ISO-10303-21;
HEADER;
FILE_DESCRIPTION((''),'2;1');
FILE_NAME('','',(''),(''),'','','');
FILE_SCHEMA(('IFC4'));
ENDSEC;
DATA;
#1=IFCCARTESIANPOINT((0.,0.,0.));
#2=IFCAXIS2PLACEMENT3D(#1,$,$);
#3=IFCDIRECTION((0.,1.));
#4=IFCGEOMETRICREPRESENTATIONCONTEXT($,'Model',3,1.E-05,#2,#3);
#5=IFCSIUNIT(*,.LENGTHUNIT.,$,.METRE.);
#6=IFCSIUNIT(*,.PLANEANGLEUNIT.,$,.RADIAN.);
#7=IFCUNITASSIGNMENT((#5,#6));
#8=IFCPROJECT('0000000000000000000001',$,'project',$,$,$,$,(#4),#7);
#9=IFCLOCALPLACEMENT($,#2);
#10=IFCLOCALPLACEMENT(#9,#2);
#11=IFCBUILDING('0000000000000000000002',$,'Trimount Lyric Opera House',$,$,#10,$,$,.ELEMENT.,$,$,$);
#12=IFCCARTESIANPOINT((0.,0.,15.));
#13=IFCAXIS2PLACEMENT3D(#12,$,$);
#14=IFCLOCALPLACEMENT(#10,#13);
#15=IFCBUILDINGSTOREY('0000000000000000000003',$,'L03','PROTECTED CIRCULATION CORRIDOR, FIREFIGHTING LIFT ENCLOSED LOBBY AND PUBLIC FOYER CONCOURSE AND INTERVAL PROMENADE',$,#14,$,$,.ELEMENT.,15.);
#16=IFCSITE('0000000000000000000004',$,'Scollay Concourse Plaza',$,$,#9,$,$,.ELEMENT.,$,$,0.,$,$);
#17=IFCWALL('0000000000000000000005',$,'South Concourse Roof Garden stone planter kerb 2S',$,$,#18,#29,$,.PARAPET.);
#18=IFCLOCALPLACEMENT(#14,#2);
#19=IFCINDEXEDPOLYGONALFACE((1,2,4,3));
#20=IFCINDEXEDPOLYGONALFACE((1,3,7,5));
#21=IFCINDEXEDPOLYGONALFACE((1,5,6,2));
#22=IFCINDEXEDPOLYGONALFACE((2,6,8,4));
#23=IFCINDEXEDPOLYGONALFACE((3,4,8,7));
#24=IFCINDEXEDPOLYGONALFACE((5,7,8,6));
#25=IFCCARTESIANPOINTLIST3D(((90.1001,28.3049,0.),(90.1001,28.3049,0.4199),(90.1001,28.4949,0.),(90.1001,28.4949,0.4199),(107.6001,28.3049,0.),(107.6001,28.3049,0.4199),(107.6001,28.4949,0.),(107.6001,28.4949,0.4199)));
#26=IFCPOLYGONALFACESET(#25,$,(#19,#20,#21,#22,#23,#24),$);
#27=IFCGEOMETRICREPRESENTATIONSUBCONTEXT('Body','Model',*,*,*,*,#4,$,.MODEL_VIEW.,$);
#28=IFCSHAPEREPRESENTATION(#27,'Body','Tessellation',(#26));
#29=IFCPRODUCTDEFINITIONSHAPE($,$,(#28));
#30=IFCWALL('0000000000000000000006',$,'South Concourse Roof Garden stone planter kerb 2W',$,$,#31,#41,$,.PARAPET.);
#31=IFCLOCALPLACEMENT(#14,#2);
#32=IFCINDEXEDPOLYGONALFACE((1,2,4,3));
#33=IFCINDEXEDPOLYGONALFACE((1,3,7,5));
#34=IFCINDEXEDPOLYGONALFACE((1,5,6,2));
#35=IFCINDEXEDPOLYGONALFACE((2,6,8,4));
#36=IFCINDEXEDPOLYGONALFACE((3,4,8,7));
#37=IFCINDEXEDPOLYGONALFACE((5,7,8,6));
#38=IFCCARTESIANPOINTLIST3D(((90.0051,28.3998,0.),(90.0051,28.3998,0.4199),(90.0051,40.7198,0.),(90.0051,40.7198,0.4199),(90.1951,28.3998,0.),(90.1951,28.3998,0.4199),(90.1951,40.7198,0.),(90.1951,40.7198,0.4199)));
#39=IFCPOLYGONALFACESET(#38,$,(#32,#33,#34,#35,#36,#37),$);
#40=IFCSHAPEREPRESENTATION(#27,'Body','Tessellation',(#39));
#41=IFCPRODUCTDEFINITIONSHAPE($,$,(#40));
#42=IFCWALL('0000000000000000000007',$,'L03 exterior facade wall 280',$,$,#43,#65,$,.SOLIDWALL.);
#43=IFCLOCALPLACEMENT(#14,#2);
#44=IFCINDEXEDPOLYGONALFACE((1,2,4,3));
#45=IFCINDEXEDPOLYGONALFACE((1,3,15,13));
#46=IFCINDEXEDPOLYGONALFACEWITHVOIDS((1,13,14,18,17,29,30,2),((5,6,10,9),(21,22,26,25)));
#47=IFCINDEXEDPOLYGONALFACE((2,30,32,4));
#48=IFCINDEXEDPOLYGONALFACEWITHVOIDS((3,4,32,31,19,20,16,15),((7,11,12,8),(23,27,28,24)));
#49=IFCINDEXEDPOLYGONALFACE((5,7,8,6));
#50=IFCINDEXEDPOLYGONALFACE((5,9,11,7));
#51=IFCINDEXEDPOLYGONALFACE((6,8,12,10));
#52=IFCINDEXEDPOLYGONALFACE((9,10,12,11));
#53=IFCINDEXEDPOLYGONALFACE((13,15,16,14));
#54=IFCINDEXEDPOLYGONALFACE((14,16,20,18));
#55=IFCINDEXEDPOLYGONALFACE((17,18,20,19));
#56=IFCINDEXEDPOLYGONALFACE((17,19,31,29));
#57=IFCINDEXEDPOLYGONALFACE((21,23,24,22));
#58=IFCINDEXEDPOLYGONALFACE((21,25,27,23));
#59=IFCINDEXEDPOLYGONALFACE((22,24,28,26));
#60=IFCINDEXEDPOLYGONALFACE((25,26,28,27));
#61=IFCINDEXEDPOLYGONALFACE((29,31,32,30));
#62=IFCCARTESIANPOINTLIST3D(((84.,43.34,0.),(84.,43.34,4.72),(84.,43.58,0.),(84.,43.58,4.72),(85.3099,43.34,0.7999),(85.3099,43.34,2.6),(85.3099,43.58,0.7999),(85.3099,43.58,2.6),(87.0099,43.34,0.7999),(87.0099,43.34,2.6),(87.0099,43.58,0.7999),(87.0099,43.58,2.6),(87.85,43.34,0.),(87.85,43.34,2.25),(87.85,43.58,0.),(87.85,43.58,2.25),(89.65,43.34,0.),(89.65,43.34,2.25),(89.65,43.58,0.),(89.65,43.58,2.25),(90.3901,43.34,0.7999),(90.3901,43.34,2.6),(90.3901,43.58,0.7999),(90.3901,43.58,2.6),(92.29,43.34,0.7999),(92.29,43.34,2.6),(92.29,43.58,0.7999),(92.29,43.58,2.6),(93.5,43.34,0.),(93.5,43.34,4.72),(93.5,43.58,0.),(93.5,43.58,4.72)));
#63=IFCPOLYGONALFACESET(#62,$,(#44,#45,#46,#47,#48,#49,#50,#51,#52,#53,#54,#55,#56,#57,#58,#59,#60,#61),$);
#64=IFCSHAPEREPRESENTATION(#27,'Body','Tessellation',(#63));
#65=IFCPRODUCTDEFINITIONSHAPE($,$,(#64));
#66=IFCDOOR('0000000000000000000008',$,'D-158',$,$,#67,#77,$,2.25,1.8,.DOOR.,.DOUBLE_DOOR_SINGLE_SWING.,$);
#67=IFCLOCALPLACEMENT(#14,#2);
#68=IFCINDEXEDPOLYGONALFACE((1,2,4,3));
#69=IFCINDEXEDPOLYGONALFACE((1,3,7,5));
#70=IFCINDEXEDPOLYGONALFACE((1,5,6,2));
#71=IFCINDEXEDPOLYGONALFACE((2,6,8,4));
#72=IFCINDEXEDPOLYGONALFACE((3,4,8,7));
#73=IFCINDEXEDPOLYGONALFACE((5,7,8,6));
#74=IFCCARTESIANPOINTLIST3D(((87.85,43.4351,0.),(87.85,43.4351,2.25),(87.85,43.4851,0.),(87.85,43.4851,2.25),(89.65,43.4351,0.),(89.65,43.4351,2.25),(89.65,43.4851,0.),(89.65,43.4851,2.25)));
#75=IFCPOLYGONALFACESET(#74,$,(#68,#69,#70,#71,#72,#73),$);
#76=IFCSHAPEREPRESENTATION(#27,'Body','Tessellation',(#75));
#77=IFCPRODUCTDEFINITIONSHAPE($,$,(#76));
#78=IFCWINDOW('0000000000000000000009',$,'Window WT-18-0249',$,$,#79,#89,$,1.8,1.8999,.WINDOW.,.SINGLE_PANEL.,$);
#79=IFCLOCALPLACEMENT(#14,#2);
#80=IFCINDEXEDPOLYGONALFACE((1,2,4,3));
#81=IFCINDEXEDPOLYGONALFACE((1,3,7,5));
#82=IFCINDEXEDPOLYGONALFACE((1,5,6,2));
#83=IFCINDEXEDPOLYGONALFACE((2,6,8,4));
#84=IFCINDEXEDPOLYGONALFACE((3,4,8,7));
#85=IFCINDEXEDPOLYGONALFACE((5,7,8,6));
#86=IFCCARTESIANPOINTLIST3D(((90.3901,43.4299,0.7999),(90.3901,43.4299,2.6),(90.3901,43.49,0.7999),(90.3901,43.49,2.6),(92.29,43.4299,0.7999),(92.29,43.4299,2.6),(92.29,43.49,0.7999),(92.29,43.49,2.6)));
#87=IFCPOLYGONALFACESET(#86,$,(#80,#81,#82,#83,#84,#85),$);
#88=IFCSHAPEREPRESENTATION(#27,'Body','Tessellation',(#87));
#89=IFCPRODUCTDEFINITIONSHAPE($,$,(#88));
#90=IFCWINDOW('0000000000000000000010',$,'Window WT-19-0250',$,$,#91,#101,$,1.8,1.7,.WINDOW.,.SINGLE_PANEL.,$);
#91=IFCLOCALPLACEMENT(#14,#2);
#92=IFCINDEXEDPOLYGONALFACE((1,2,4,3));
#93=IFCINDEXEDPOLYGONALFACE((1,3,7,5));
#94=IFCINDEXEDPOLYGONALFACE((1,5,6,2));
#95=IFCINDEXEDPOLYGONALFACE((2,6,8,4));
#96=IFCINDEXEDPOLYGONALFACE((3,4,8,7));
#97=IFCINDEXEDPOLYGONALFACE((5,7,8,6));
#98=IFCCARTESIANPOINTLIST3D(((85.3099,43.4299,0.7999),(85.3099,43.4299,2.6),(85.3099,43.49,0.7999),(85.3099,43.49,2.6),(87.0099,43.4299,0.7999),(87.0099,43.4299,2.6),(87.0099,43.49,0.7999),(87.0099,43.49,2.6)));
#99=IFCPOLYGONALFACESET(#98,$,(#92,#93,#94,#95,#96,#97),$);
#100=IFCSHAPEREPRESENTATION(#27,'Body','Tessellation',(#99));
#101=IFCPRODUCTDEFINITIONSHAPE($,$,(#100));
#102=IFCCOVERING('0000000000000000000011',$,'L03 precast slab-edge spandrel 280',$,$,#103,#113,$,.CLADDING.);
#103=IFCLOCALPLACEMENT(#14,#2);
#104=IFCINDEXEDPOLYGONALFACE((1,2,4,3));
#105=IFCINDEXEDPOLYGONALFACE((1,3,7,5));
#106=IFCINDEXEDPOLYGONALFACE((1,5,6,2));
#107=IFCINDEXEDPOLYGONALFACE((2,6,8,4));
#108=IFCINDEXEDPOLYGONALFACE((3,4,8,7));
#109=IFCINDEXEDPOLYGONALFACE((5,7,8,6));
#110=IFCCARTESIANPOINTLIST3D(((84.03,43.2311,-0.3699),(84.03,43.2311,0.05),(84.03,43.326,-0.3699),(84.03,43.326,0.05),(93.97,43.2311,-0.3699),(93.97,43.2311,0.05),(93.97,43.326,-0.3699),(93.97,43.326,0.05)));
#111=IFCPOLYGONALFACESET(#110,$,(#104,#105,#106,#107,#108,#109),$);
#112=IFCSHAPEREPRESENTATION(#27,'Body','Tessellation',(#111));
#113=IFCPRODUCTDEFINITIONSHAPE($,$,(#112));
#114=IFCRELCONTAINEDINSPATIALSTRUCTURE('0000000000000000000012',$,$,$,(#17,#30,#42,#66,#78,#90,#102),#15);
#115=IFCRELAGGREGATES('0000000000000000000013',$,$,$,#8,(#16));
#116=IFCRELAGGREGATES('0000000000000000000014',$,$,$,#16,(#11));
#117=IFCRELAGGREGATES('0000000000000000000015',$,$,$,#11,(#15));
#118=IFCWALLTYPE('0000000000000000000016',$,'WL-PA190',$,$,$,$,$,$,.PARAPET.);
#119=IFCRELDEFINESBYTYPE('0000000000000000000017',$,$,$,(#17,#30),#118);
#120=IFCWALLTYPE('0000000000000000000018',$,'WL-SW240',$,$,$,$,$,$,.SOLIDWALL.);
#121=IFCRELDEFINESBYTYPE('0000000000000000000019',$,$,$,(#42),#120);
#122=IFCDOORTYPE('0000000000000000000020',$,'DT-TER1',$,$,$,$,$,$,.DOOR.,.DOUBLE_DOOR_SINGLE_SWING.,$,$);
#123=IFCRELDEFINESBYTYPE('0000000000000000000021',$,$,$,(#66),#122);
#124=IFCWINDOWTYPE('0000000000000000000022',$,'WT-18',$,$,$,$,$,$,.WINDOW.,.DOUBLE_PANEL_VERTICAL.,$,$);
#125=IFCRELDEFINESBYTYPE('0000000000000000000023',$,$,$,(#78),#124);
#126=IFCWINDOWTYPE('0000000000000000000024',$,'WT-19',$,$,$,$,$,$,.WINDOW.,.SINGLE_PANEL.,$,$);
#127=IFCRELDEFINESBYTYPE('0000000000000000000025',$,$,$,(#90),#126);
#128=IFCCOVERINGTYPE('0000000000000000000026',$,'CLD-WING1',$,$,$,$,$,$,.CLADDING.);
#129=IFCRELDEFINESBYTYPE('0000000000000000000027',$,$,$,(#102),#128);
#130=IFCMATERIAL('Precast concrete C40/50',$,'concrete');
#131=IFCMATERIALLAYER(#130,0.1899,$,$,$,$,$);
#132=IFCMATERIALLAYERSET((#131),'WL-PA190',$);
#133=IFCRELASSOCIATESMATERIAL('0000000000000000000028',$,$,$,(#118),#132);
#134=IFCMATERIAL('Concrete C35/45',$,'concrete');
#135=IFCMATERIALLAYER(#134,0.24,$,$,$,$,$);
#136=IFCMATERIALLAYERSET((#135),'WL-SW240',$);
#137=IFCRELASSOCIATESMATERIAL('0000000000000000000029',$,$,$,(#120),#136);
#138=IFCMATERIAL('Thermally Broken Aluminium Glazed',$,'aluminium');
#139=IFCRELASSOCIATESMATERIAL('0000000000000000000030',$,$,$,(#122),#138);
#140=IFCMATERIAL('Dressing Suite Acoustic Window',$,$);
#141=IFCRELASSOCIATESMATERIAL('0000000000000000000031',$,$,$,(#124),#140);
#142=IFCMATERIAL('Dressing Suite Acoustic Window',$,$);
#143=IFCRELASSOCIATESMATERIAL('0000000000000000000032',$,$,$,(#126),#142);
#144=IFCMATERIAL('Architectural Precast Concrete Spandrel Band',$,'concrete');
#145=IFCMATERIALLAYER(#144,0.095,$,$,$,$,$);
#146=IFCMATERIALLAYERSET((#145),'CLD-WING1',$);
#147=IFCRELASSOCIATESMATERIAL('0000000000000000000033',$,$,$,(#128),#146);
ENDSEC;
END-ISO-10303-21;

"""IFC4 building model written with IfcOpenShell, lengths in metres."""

from ifc_helpers import new_model, si_unit, direction, frame, frame_2d, origin, origin_2d, place, context, subcontext, project, spatial, rectangle, extrude, material, layer, layer_set, type_object, element, fill, save


model = new_model("IFC4")

# Units and contexts
model_context = context("Model", 3, precision=1e-05, world=origin(), true_north=direction((0.0, 1.0)))
body_context = subcontext(model_context, "Body", "Model", "MODEL_VIEW")
ifc_project = project(units=[si_unit("LENGTHUNIT", "METRE"), si_unit("PLANEANGLEUNIT", "RADIAN")], contexts=[model_context])

# Site, building, storey
site_placement = place(None, origin())
site = spatial("IfcSite", under=ifc_project, at=site_placement, Name="Scollay Concourse Plaza", CompositionType="ELEMENT", RefElevation=0.0)
building_placement = place(site_placement, origin())
building = spatial("IfcBuilding", under=site, at=building_placement, Name="Trimount Lyric Opera House", CompositionType="ELEMENT")
storey_placement = place(building_placement, frame((0.0, 0.0, 15.0)))
storey = spatial("IfcBuildingStorey", under=building, at=storey_placement, Name="L03", Description="PROTECTED CIRCULATION CORRIDOR, FIREFIGHTING LIFT ENCLOSED LOBBY AND PUBLIC FOYER CONCOURSE AND INTERVAL PROMENADE", CompositionType="ELEMENT", Elevation=15.0)

# Walls
ifc_material_1 = material(Name="Precast concrete C40/50", Category="concrete")
ifc_layer_1 = layer(ifc_material_1, 0.1899)
ifc_layer_set_1 = layer_set([ifc_layer_1], Name="WL-PA190")
wall_type_1 = type_object("IfcWallType", Name="WL-PA190", PredefinedType="PARAPET", material=ifc_layer_set_1)
wall_1_placement = place(storey_placement, frame((90.1001, 28.3999, 0.0), z_axis=(0.0, 0.0, 1.0), x_axis=(1.0, 0.0, 0.0)))
element("IfcWall", 1, at=wall_1_placement, inside=storey, type_object=wall_type_1, Name="South Concourse Roof Garden stone planter kerb 2S", PredefinedType="PARAPET", context=body_context, shape_type="SweptSolid", body=[
    extrude(rectangle(XDim=17.5, YDim=0.1899, at=frame_2d((8.75, 0.0))), origin(), (0.0, 0.0, 1.0), 0.4199),
])
wall_2_placement = place(storey_placement, frame((90.1001, 40.72, 0.0), z_axis=(0.0, 0.0, 1.0), x_axis=(0.0, -1.0, 0.0)))
element("IfcWall", 2, at=wall_2_placement, inside=storey, type_object=wall_type_1, Name="South Concourse Roof Garden stone planter kerb 2W", PredefinedType="PARAPET", context=body_context, shape_type="SweptSolid", body=[
    extrude(rectangle(XDim=12.3201, YDim=0.1899, at=frame_2d((6.1602, 0.0))), origin(), (0.0, 0.0, 1.0), 0.4199),
])

# Wall, openings, door, windows
ifc_material_2 = material(Name="Concrete C35/45", Category="concrete")
ifc_layer_2 = layer(ifc_material_2, 0.24)
ifc_layer_set_2 = layer_set([ifc_layer_2], Name="WL-SW240")
wall_type_2 = type_object("IfcWallType", Name="WL-SW240", PredefinedType="SOLIDWALL", material=ifc_layer_set_2)
wall_3_placement = place(storey_placement, frame((93.5, 43.46, 0.0), z_axis=(0.0, 0.0, 1.0), x_axis=(-1.0, 0.0, 0.0)))
wall_3 = element("IfcWall", 3, at=wall_3_placement, inside=storey, type_object=wall_type_2, Name="L03 exterior facade wall 280", PredefinedType="SOLIDWALL", context=body_context, shape_type="SweptSolid", body=[
    extrude(rectangle(XDim=9.5, YDim=0.24, at=frame_2d((4.75, 0.0))), origin(), (0.0, 0.0, 1.0), 4.72),
])
opening_1_placement = place(wall_3_placement, frame((1.21, 0.0, 0.8)))
opening_1 = element("IfcOpeningElement", 4, at=opening_1_placement, cuts=wall_3, PredefinedType="OPENING", context=body_context, shape_type="SweptSolid", body=[
    extrude(rectangle(XDim=1.8999, YDim=1.8, at=frame_2d((0.95, 0.8999))), frame((0.0, 0.1299, 0.0), z_axis=(0.0, -1.0, 0.0), x_axis=(1.0, 0.0, 0.0)), (0.0, 0.0, 1.0), 0.26),
])
opening_2_placement = place(wall_3_placement, frame((6.49, 0.0, 0.8)))
opening_2 = element("IfcOpeningElement", 5, at=opening_2_placement, cuts=wall_3, PredefinedType="OPENING", context=body_context, shape_type="SweptSolid", body=[
    extrude(rectangle(XDim=1.7, YDim=1.8, at=frame_2d((0.8501, 0.8999))), frame((0.0, 0.1299, 0.0), z_axis=(0.0, -1.0, 0.0), x_axis=(1.0, 0.0, 0.0)), (0.0, 0.0, 1.0), 0.26),
])
opening_3_placement = place(wall_3_placement, frame((3.8501, 0.0, 0.0)))
opening_3 = element("IfcOpeningElement", 6, at=opening_3_placement, cuts=wall_3, PredefinedType="OPENING", context=body_context, shape_type="SweptSolid", body=[
    extrude(rectangle(XDim=1.8, YDim=2.25, at=frame_2d((0.8999, 1.125))), frame((0.0, 0.1299, 0.0), z_axis=(0.0, -1.0, 0.0), x_axis=(1.0, 0.0, 0.0)), (0.0, 0.0, 1.0), 0.26),
])
ifc_material_3 = material(Name="Thermally Broken Aluminium Glazed", Category="aluminium")
door_type = type_object("IfcDoorType", Name="DT-TER1", OperationType="DOUBLE_DOOR_SINGLE_SWING", PredefinedType="DOOR", material=ifc_material_3)
door_placement = place(opening_3_placement, origin())
door = element("IfcDoor", 7, at=door_placement, inside=storey, type_object=door_type, Name="D-158", OperationType="DOUBLE_DOOR_SINGLE_SWING", OverallHeight=2.25, OverallWidth=1.8, PredefinedType="DOOR", context=body_context, shape_type="SweptSolid", body=[
    extrude(rectangle(XDim=1.8, YDim=2.25, at=frame_2d((0.8999, 1.125))), frame((0.0, 0.0249, 0.0), z_axis=(0.0, -1.0, 0.0), x_axis=(1.0, 0.0, 0.0)), (0.0, 0.0, 1.0), 0.05),
])
fill(opening_3, door)
ifc_material_4 = material(Name="Dressing Suite Acoustic Window")
window_type_1 = type_object("IfcWindowType", Name="WT-18", PartitioningType="DOUBLE_PANEL_VERTICAL", PredefinedType="WINDOW", material=ifc_material_4)
window_1_placement = place(opening_1_placement, origin())
window_1 = element("IfcWindow", 8, at=window_1_placement, inside=storey, type_object=window_type_1, Name="Window WT-18-0249", OverallHeight=1.8, OverallWidth=1.8999, PartitioningType="SINGLE_PANEL", PredefinedType="WINDOW", context=body_context, shape_type="SweptSolid", body=[
    extrude(rectangle(XDim=1.8999, YDim=1.8, at=frame_2d((0.95, 0.8999))), frame((0.0, 0.03, 0.0), z_axis=(0.0, -1.0, 0.0), x_axis=(1.0, 0.0, 0.0)), (0.0, 0.0, 1.0), 0.0601),
])
fill(opening_1, window_1)
ifc_material_5 = material(Name="Dressing Suite Acoustic Window")
window_type_2 = type_object("IfcWindowType", Name="WT-19", PartitioningType="SINGLE_PANEL", PredefinedType="WINDOW", material=ifc_material_5)
window_2_placement = place(opening_2_placement, origin())
window_2 = element("IfcWindow", 9, at=window_2_placement, inside=storey, type_object=window_type_2, Name="Window WT-19-0250", OverallHeight=1.8, OverallWidth=1.7, PartitioningType="SINGLE_PANEL", PredefinedType="WINDOW", context=body_context, shape_type="SweptSolid", body=[
    extrude(rectangle(XDim=1.7, YDim=1.8, at=frame_2d((0.8501, 0.8999))), frame((0.0, 0.03, 0.0), z_axis=(0.0, -1.0, 0.0), x_axis=(1.0, 0.0, 0.0)), (0.0, 0.0, 1.0), 0.0601),
])
fill(opening_2, window_2)

# Covering
ifc_material_6 = material(Name="Architectural Precast Concrete Spandrel Band", Category="concrete")
ifc_layer_3 = layer(ifc_material_6, 0.095)
ifc_layer_set_3 = layer_set([ifc_layer_3], Name="CLD-WING1")
covering_type = type_object("IfcCoveringType", Name="CLD-WING1", PredefinedType="CLADDING", material=ifc_layer_set_3)
covering_placement = place(storey_placement, frame((89.0, 43.2786, -0.3699), z_axis=(0.0, 0.0, 1.0), x_axis=(-1.0, 0.0, 0.0)))
element("IfcCovering", 10, at=covering_placement, inside=storey, type_object=covering_type, Name="L03 precast slab-edge spandrel 280", PredefinedType="CLADDING", context=body_context, shape_type="SweptSolid", body=[
    extrude(rectangle(XDim=9.9399, YDim=0.095, at=origin_2d()), origin(), (0.0, 0.0, 1.0), 0.4199),
])

save(model, "model.ifc")
